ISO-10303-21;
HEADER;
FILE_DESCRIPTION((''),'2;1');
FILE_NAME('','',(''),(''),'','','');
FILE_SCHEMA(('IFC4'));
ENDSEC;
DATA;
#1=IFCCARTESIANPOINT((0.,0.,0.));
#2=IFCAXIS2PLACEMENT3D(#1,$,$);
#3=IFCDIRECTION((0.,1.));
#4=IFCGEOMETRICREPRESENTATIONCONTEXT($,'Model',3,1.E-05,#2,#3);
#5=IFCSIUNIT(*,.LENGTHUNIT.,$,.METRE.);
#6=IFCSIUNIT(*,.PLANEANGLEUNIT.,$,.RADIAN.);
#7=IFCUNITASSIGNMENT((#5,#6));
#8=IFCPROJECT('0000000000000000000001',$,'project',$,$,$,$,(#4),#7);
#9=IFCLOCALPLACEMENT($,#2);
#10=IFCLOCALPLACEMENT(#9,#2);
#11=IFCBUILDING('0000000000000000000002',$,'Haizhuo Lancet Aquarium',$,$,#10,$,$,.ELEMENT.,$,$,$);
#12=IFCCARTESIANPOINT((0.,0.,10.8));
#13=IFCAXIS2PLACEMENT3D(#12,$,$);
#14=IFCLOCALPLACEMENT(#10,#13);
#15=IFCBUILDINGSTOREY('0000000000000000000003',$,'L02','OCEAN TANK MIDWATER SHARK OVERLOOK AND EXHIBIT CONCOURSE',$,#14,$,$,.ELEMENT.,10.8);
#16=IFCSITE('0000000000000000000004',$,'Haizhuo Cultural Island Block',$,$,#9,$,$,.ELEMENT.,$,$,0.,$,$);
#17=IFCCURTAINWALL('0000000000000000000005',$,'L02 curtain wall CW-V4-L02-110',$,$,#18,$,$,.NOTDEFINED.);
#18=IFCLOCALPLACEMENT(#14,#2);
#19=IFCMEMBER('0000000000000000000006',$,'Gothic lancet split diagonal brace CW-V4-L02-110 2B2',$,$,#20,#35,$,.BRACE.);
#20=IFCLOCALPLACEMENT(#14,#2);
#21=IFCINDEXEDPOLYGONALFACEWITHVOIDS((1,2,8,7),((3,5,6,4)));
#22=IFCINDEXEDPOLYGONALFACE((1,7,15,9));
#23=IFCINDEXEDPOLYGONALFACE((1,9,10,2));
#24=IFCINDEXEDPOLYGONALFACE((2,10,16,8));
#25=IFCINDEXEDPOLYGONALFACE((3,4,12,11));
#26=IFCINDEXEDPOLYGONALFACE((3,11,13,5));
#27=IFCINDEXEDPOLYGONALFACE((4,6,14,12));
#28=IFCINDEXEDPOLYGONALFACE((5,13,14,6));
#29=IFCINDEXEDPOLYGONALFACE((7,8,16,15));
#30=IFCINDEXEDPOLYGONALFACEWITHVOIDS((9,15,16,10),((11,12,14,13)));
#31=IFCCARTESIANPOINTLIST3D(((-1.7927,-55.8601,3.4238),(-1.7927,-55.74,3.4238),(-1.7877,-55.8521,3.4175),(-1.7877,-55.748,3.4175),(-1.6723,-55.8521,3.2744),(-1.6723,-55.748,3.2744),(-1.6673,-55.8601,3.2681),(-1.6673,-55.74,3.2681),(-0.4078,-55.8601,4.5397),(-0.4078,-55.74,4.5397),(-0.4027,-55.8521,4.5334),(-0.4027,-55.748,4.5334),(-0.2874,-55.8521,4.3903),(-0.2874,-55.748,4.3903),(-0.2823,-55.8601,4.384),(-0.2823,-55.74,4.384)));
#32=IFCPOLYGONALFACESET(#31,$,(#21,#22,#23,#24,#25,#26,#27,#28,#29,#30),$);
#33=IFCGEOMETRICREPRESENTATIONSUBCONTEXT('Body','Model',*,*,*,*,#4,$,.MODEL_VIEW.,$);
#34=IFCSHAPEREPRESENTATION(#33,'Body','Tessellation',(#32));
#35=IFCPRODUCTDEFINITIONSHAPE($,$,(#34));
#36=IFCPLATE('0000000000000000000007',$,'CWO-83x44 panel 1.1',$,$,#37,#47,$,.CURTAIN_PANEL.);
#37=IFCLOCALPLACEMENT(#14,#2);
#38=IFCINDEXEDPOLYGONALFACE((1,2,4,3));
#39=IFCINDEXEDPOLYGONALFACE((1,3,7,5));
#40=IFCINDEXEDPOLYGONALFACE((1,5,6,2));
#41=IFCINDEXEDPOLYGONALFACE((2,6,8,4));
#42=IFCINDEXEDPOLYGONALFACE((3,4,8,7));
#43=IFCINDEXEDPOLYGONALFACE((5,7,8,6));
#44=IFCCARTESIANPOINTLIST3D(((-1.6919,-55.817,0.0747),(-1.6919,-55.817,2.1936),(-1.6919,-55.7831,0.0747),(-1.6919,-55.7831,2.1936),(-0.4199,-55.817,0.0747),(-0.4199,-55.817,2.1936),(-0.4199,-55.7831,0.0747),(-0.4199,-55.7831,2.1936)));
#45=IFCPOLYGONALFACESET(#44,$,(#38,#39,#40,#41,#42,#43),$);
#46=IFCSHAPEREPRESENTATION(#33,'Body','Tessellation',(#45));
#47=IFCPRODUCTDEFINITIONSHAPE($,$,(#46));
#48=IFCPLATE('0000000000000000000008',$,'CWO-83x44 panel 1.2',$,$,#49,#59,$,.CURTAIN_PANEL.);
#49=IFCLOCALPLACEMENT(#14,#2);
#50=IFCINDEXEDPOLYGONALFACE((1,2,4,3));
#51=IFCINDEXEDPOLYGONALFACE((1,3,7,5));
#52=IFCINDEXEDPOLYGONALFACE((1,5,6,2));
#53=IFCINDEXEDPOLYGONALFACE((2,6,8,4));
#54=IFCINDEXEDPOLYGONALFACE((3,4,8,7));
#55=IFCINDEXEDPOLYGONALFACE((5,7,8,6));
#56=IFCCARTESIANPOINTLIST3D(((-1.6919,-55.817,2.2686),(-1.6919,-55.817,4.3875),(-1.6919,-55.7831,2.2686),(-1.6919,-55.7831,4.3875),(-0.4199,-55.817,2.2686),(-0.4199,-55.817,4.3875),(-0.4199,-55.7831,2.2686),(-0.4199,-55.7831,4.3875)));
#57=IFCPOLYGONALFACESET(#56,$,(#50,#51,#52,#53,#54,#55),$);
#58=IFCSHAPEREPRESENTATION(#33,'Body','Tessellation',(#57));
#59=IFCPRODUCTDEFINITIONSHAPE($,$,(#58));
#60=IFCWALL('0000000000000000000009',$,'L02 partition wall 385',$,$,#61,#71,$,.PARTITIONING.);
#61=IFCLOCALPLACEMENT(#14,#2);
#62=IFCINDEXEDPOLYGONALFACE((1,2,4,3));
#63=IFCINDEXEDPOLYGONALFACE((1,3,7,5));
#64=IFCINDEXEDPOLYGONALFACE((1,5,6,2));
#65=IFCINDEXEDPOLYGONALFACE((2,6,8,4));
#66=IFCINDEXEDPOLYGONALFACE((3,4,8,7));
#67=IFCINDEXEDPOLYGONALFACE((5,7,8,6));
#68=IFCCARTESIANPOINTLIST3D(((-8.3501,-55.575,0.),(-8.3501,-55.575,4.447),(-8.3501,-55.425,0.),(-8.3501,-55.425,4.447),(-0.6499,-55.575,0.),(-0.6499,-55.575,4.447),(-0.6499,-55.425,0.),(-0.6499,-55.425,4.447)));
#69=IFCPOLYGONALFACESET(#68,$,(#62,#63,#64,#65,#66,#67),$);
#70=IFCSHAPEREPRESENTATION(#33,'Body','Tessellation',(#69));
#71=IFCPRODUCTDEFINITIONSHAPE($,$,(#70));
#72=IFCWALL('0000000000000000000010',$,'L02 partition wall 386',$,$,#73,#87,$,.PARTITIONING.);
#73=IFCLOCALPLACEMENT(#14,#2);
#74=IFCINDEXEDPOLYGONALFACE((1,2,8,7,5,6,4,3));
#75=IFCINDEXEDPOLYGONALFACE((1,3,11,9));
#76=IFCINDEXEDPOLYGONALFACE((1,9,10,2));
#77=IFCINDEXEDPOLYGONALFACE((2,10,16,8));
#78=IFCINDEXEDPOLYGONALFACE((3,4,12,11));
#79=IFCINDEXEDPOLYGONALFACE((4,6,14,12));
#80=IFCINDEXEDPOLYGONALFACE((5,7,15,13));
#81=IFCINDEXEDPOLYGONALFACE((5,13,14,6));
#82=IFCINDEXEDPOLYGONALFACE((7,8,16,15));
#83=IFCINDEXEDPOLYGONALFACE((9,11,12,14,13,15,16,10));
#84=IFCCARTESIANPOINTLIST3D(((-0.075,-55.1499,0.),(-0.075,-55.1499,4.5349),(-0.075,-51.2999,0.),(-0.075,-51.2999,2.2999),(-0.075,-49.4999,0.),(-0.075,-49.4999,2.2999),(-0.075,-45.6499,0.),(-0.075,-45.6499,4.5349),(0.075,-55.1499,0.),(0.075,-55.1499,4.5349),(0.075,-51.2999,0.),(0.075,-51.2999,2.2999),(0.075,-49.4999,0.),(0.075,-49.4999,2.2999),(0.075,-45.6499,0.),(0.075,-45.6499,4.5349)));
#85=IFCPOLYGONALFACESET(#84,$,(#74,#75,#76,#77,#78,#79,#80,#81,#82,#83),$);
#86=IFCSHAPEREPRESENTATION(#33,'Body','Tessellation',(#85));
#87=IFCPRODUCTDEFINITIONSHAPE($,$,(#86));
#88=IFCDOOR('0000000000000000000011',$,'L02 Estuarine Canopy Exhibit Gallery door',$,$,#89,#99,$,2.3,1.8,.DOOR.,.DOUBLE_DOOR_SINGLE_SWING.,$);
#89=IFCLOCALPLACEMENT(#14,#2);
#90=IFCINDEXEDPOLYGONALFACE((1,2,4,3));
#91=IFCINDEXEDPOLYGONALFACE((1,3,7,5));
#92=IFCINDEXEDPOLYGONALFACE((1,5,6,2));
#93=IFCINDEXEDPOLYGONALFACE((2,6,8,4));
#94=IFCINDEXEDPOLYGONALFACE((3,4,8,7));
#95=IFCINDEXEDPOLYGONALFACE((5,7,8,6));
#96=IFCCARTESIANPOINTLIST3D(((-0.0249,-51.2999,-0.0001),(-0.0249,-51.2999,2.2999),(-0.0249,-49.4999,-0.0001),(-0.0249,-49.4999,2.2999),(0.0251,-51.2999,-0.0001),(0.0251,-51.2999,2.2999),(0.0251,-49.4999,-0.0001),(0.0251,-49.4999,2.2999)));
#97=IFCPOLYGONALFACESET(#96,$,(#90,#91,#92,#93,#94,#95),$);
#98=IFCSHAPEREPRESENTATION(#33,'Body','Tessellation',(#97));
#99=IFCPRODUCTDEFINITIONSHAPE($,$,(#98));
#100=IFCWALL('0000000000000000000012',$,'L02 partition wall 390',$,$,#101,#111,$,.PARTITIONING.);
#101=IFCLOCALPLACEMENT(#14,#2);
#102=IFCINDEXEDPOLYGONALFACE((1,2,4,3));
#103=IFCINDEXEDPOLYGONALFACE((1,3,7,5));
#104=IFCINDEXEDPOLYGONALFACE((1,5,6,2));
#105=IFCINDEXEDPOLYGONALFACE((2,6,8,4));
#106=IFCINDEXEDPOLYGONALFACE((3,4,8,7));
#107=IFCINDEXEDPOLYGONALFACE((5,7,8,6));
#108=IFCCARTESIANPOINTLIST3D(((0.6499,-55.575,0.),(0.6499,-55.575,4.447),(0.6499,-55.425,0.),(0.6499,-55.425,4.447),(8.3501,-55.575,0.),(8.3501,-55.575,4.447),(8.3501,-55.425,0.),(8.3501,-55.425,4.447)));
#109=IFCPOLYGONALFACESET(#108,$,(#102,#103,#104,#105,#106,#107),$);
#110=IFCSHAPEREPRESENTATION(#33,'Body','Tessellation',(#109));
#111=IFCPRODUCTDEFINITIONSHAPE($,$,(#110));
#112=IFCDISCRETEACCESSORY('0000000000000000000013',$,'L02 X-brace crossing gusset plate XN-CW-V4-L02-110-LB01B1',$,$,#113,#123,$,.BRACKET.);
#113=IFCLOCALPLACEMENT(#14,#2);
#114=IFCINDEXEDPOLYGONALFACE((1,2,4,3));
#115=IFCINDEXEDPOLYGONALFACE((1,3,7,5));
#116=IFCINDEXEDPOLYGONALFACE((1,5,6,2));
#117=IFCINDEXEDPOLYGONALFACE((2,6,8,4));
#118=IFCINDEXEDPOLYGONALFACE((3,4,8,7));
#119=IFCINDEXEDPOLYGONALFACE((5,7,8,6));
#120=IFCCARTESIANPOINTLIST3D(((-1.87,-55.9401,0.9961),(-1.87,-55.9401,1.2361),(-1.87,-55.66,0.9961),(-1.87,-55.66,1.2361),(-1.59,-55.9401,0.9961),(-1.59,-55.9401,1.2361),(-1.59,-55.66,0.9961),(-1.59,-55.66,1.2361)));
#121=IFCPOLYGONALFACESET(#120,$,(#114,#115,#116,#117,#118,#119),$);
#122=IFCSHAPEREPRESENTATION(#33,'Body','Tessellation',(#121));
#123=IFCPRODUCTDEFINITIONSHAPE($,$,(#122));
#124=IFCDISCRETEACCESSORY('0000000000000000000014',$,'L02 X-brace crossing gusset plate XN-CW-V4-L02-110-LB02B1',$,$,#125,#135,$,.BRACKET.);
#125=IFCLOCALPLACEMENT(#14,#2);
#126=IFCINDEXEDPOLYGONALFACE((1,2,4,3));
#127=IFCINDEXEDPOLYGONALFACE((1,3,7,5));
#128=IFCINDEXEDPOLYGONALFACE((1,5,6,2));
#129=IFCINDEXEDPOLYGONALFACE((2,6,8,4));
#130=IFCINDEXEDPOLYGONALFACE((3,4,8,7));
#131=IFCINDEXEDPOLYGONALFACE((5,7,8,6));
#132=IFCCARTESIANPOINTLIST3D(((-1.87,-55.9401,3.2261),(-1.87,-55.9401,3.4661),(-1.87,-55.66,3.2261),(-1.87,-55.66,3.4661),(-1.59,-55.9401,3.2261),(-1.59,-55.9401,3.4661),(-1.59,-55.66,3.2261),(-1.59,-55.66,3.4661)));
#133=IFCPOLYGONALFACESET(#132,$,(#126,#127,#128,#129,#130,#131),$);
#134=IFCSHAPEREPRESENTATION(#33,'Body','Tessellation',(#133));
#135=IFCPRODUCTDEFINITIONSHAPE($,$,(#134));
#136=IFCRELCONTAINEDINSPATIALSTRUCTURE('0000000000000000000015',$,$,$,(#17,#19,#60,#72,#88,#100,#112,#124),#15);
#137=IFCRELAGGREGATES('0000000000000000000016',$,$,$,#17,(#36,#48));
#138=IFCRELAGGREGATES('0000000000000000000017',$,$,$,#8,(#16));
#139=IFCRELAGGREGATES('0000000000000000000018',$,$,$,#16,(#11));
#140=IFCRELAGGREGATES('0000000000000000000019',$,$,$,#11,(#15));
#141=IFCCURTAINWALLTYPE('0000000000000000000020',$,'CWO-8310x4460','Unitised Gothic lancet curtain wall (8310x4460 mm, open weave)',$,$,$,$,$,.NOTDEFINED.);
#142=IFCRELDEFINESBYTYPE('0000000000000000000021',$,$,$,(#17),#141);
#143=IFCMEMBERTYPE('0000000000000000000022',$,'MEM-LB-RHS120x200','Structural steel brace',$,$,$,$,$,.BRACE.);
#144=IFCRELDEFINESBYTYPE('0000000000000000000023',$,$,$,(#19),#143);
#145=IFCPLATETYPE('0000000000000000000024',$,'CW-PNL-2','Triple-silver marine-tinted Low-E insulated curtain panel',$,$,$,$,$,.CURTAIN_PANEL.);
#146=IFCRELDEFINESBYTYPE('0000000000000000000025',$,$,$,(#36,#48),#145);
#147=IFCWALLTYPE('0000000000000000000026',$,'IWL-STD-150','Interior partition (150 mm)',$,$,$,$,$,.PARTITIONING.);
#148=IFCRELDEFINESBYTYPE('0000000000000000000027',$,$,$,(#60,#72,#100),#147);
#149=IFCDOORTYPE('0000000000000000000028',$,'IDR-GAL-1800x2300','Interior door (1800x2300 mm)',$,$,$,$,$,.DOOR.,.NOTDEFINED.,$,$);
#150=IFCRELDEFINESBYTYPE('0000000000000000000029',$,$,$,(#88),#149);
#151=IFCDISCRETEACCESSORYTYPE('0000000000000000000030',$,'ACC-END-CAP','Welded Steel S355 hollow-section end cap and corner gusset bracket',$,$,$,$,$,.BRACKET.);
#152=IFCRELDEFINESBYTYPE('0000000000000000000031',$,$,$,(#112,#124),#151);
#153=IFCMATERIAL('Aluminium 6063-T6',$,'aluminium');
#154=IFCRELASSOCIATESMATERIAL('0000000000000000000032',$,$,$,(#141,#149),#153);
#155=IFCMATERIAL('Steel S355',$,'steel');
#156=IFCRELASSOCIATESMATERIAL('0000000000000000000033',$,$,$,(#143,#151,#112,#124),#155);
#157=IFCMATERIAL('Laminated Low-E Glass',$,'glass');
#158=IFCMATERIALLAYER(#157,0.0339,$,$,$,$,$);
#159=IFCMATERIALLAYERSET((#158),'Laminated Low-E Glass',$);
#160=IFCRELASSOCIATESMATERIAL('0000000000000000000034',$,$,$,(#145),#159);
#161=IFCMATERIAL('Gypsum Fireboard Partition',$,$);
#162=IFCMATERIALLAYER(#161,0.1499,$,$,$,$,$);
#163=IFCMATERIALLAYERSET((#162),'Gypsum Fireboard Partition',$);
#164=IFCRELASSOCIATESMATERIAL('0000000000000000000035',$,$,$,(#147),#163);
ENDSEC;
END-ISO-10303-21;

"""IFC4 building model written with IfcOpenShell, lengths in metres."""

from ifc_helpers import new_model, si_unit, direction, frame, frame_2d, origin, origin_2d, place, context, subcontext, project, spatial, rectangle, hollow_rectangle, extrude, material, layer, layer_set, material_profile, profile_set, type_object, element, fill, aggregate, save


model = new_model("IFC4")

# Units and contexts
model_context = context("Model", 3, precision=1e-05, world=origin(), true_north=direction((0.0, 1.0)))
body_context = subcontext(model_context, "Body", "Model", "MODEL_VIEW")
ifc_project = project(units=[si_unit("LENGTHUNIT", "METRE"), si_unit("PLANEANGLEUNIT", "RADIAN")], contexts=[model_context])

# Site, building, storey
site_placement = place(None, origin())
site = spatial("IfcSite", under=ifc_project, at=site_placement, Name="Haizhuo Cultural Island Block", CompositionType="ELEMENT", RefElevation=0.0)
building_placement = place(site_placement, origin())
building = spatial("IfcBuilding", under=site, at=building_placement, Name="Haizhuo Lancet Aquarium", CompositionType="ELEMENT")
storey_placement = place(building_placement, frame((0.0, 0.0, 10.8)))
storey = spatial("IfcBuildingStorey", under=building, at=storey_placement, Name="L02", Description="OCEAN TANK MIDWATER SHARK OVERLOOK AND EXHIBIT CONCOURSE", CompositionType="ELEMENT", Elevation=10.8)

# Shared definitions
ifc_material_1 = material(Name="Steel S355", Category="steel")

# Shared definitions
ifc_material_2 = material(Name="Aluminium 6063-T6", Category="aluminium")
curtain_wall_type = type_object("IfcCurtainWallType", Name="CWO-8310x4460", Description="Unitised Gothic lancet curtain wall (8310x4460 mm, open weave)", PredefinedType="NOTDEFINED", material=ifc_material_2)

# Curtain wall
curtain_wall_1_placement = place(storey_placement, origin())
curtain_wall_1 = element("IfcCurtainWall", 1, at=curtain_wall_1_placement, inside=storey, type_object=curtain_wall_type, Name="L02 curtain wall CW-V4-L02-110", PredefinedType="NOTDEFINED")

# Member
ifc_material_profile_1 = material_profile(ifc_material_1, hollow_rectangle(XDim=0.1201, YDim=0.2, WallThickness=0.0081, at=origin_2d()), Name="RHS 120x200x8")
ifc_profile_set_1 = profile_set([ifc_material_profile_1], Name="Steel S355")
member_type_1 = type_object("IfcMemberType", Name="MEM-LB-RHS120x200", Description="Structural steel brace", PredefinedType="BRACE", material=ifc_profile_set_1)
member_1_placement = place(storey_placement, frame((-1.73, -55.8, 3.3459), z_axis=(0.778681, 0.0, 0.62742), x_axis=(0.0, 1.0, 0.0)))
element("IfcMember", 2, at=member_1_placement, inside=storey, type_object=member_type_1, Name="Gothic lancet split diagonal brace CW-V4-L02-110 2B2", PredefinedType="BRACE", context=body_context, shape_type="SweptSolid", body=[
    extrude(hollow_rectangle(XDim=0.1201, YDim=0.2, WallThickness=0.0081, at=origin_2d()), origin(), (0.0, 0.0, 1.0), 1.7786),
])

# Plates
ifc_material_3 = material(Name="Laminated Low-E Glass", Category="glass")
ifc_layer_1 = layer(ifc_material_3, 0.0339)
ifc_layer_set_1 = layer_set([ifc_layer_1], Name="Laminated Low-E Glass")
plate_type = type_object("IfcPlateType", Name="CW-PNL-2", Description="Triple-silver marine-tinted Low-E insulated curtain panel", PredefinedType="CURTAIN_PANEL", material=ifc_layer_set_1)
plate_1_placement = place(storey_placement, frame((-1.0559, -55.8, 0.0747), z_axis=(0.0, 0.0, 1.0), x_axis=(-1.0, 0.0, 0.0)))
plate_1 = element("IfcPlate", 3, at=plate_1_placement, type_object=plate_type, Name="CWO-83x44 panel 1.1", PredefinedType="CURTAIN_PANEL", context=body_context, shape_type="SweptSolid", body=[
    extrude(rectangle(XDim=1.272, YDim=0.0339, at=origin_2d()), origin(), (0.0, 0.0, 1.0), 2.1189),
])
plate_2_placement = place(storey_placement, frame((-1.0559, -55.8, 2.2686), z_axis=(0.0, 0.0, 1.0), x_axis=(-1.0, 0.0, 0.0)))
plate_2 = element("IfcPlate", 4, at=plate_2_placement, type_object=plate_type, Name="CWO-83x44 panel 1.2", PredefinedType="CURTAIN_PANEL", context=body_context, shape_type="SweptSolid", body=[
    extrude(rectangle(XDim=1.272, YDim=0.0339, at=origin_2d()), origin(), (0.0, 0.0, 1.0), 2.1189),
])
aggregate(curtain_wall_1, [plate_1, plate_2])

# Wall
ifc_material_4 = material(Name="Gypsum Fireboard Partition")
ifc_layer_2 = layer(ifc_material_4, 0.1499)
ifc_layer_set_2 = layer_set([ifc_layer_2], Name="Gypsum Fireboard Partition")
wall_type = type_object("IfcWallType", Name="IWL-STD-150", Description="Interior partition (150 mm)", PredefinedType="PARTITIONING", material=ifc_layer_set_2)
wall_1_placement = place(storey_placement, frame((-8.3501, -55.5, 0.0), z_axis=(0.0, 0.0, 1.0), x_axis=(1.0, 0.0, 0.0)))
element("IfcWall", 5, at=wall_1_placement, inside=storey, type_object=wall_type, Name="L02 partition wall 385", PredefinedType="PARTITIONING", context=body_context, shape_type="SweptSolid", body=[
    extrude(rectangle(XDim=7.7002, YDim=0.1499, at=frame_2d((3.8501, 0.0))), origin(), (0.0, 0.0, 1.0), 4.447),
])

# Wall, opening, door
wall_2_placement = place(storey_placement, frame((0.0, -55.1499, 0.0), z_axis=(0.0, 0.0, 1.0), x_axis=(0.0, 1.0, 0.0)))
wall_2 = element("IfcWall", 6, at=wall_2_placement, inside=storey, type_object=wall_type, Name="L02 partition wall 386", PredefinedType="PARTITIONING", context=body_context, shape_type="SweptSolid", body=[
    extrude(rectangle(XDim=9.5, YDim=0.1499, at=frame_2d((4.75, 0.0))), origin(), (0.0, 0.0, 1.0), 4.5349),
])
opening_placement = place(wall_2_placement, frame((3.8501, 0.0, 0.0)))
opening = element("IfcOpeningElement", 7, at=opening_placement, cuts=wall_2, PredefinedType="OPENING", context=body_context, shape_type="SweptSolid", body=[
    extrude(rectangle(XDim=1.8, YDim=2.3, at=frame_2d((0.8999, 1.1499))), frame((0.0, 0.085, 0.0), z_axis=(0.0, -1.0, 0.0), x_axis=(1.0, 0.0, 0.0)), (0.0, 0.0, 1.0), 0.1699),
])
door_type = type_object("IfcDoorType", Name="IDR-GAL-1800x2300", Description="Interior door (1800x2300 mm)", OperationType="NOTDEFINED", PredefinedType="DOOR", material=ifc_material_2)
door_placement = place(opening_placement, origin())
door = element("IfcDoor", 8, at=door_placement, inside=storey, type_object=door_type, Name="L02 Estuarine Canopy Exhibit Gallery door", OperationType="DOUBLE_DOOR_SINGLE_SWING", OverallHeight=2.3, OverallWidth=1.8, PredefinedType="DOOR", context=body_context, shape_type="SweptSolid", body=[
    extrude(rectangle(XDim=1.8, YDim=2.3, at=frame_2d((0.8999, 1.1499))), frame((0.0, 0.0249, 0.0), z_axis=(0.0, -1.0, 0.0), x_axis=(1.0, 0.0, 0.0)), (0.0, 0.0, 1.0), 0.05),
])
fill(opening, door)

# Wall
wall_3_placement = place(storey_placement, frame((0.6499, -55.5, 0.0), z_axis=(0.0, 0.0, 1.0), x_axis=(1.0, 0.0, 0.0)))
element("IfcWall", 9, at=wall_3_placement, inside=storey, type_object=wall_type, Name="L02 partition wall 390", PredefinedType="PARTITIONING", context=body_context, shape_type="SweptSolid", body=[
    extrude(rectangle(XDim=7.7002, YDim=0.1499, at=frame_2d((3.8501, 0.0))), origin(), (0.0, 0.0, 1.0), 4.447),
])

# Discrete accessories
discrete_accessory_type = type_object("IfcDiscreteAccessoryType", Name="ACC-END-CAP", Description="Welded Steel S355 hollow-section end cap and corner gusset bracket", PredefinedType="BRACKET", material=ifc_material_1)
for number, where, z_axis, x_axis, name in (
    (10, (-1.73, -55.8, 0.9961), (0.0, 0.0, 1.0), (1.0, 0.0, 0.0), "L02 X-brace crossing gusset plate XN-CW-V4-L02-110-LB01B1"),
    (11, (-1.73, -55.8, 3.2261), (0.0, 0.0, 1.0), (1.0, 0.0, 0.0), "L02 X-brace crossing gusset plate XN-CW-V4-L02-110-LB02B1"),
):
    element("IfcDiscreteAccessory", number, at=place(storey_placement, frame(where, z_axis=z_axis, x_axis=x_axis)), inside=storey, type_object=discrete_accessory_type, material=ifc_material_1, Name=name, PredefinedType="BRACKET", context=body_context, shape_type="SweptSolid", body=[
        extrude(rectangle(XDim=0.28, YDim=0.28, at=origin_2d()), origin(), (0.0, 0.0, 1.0), 0.24),
    ])

save(model, "model.ifc")
